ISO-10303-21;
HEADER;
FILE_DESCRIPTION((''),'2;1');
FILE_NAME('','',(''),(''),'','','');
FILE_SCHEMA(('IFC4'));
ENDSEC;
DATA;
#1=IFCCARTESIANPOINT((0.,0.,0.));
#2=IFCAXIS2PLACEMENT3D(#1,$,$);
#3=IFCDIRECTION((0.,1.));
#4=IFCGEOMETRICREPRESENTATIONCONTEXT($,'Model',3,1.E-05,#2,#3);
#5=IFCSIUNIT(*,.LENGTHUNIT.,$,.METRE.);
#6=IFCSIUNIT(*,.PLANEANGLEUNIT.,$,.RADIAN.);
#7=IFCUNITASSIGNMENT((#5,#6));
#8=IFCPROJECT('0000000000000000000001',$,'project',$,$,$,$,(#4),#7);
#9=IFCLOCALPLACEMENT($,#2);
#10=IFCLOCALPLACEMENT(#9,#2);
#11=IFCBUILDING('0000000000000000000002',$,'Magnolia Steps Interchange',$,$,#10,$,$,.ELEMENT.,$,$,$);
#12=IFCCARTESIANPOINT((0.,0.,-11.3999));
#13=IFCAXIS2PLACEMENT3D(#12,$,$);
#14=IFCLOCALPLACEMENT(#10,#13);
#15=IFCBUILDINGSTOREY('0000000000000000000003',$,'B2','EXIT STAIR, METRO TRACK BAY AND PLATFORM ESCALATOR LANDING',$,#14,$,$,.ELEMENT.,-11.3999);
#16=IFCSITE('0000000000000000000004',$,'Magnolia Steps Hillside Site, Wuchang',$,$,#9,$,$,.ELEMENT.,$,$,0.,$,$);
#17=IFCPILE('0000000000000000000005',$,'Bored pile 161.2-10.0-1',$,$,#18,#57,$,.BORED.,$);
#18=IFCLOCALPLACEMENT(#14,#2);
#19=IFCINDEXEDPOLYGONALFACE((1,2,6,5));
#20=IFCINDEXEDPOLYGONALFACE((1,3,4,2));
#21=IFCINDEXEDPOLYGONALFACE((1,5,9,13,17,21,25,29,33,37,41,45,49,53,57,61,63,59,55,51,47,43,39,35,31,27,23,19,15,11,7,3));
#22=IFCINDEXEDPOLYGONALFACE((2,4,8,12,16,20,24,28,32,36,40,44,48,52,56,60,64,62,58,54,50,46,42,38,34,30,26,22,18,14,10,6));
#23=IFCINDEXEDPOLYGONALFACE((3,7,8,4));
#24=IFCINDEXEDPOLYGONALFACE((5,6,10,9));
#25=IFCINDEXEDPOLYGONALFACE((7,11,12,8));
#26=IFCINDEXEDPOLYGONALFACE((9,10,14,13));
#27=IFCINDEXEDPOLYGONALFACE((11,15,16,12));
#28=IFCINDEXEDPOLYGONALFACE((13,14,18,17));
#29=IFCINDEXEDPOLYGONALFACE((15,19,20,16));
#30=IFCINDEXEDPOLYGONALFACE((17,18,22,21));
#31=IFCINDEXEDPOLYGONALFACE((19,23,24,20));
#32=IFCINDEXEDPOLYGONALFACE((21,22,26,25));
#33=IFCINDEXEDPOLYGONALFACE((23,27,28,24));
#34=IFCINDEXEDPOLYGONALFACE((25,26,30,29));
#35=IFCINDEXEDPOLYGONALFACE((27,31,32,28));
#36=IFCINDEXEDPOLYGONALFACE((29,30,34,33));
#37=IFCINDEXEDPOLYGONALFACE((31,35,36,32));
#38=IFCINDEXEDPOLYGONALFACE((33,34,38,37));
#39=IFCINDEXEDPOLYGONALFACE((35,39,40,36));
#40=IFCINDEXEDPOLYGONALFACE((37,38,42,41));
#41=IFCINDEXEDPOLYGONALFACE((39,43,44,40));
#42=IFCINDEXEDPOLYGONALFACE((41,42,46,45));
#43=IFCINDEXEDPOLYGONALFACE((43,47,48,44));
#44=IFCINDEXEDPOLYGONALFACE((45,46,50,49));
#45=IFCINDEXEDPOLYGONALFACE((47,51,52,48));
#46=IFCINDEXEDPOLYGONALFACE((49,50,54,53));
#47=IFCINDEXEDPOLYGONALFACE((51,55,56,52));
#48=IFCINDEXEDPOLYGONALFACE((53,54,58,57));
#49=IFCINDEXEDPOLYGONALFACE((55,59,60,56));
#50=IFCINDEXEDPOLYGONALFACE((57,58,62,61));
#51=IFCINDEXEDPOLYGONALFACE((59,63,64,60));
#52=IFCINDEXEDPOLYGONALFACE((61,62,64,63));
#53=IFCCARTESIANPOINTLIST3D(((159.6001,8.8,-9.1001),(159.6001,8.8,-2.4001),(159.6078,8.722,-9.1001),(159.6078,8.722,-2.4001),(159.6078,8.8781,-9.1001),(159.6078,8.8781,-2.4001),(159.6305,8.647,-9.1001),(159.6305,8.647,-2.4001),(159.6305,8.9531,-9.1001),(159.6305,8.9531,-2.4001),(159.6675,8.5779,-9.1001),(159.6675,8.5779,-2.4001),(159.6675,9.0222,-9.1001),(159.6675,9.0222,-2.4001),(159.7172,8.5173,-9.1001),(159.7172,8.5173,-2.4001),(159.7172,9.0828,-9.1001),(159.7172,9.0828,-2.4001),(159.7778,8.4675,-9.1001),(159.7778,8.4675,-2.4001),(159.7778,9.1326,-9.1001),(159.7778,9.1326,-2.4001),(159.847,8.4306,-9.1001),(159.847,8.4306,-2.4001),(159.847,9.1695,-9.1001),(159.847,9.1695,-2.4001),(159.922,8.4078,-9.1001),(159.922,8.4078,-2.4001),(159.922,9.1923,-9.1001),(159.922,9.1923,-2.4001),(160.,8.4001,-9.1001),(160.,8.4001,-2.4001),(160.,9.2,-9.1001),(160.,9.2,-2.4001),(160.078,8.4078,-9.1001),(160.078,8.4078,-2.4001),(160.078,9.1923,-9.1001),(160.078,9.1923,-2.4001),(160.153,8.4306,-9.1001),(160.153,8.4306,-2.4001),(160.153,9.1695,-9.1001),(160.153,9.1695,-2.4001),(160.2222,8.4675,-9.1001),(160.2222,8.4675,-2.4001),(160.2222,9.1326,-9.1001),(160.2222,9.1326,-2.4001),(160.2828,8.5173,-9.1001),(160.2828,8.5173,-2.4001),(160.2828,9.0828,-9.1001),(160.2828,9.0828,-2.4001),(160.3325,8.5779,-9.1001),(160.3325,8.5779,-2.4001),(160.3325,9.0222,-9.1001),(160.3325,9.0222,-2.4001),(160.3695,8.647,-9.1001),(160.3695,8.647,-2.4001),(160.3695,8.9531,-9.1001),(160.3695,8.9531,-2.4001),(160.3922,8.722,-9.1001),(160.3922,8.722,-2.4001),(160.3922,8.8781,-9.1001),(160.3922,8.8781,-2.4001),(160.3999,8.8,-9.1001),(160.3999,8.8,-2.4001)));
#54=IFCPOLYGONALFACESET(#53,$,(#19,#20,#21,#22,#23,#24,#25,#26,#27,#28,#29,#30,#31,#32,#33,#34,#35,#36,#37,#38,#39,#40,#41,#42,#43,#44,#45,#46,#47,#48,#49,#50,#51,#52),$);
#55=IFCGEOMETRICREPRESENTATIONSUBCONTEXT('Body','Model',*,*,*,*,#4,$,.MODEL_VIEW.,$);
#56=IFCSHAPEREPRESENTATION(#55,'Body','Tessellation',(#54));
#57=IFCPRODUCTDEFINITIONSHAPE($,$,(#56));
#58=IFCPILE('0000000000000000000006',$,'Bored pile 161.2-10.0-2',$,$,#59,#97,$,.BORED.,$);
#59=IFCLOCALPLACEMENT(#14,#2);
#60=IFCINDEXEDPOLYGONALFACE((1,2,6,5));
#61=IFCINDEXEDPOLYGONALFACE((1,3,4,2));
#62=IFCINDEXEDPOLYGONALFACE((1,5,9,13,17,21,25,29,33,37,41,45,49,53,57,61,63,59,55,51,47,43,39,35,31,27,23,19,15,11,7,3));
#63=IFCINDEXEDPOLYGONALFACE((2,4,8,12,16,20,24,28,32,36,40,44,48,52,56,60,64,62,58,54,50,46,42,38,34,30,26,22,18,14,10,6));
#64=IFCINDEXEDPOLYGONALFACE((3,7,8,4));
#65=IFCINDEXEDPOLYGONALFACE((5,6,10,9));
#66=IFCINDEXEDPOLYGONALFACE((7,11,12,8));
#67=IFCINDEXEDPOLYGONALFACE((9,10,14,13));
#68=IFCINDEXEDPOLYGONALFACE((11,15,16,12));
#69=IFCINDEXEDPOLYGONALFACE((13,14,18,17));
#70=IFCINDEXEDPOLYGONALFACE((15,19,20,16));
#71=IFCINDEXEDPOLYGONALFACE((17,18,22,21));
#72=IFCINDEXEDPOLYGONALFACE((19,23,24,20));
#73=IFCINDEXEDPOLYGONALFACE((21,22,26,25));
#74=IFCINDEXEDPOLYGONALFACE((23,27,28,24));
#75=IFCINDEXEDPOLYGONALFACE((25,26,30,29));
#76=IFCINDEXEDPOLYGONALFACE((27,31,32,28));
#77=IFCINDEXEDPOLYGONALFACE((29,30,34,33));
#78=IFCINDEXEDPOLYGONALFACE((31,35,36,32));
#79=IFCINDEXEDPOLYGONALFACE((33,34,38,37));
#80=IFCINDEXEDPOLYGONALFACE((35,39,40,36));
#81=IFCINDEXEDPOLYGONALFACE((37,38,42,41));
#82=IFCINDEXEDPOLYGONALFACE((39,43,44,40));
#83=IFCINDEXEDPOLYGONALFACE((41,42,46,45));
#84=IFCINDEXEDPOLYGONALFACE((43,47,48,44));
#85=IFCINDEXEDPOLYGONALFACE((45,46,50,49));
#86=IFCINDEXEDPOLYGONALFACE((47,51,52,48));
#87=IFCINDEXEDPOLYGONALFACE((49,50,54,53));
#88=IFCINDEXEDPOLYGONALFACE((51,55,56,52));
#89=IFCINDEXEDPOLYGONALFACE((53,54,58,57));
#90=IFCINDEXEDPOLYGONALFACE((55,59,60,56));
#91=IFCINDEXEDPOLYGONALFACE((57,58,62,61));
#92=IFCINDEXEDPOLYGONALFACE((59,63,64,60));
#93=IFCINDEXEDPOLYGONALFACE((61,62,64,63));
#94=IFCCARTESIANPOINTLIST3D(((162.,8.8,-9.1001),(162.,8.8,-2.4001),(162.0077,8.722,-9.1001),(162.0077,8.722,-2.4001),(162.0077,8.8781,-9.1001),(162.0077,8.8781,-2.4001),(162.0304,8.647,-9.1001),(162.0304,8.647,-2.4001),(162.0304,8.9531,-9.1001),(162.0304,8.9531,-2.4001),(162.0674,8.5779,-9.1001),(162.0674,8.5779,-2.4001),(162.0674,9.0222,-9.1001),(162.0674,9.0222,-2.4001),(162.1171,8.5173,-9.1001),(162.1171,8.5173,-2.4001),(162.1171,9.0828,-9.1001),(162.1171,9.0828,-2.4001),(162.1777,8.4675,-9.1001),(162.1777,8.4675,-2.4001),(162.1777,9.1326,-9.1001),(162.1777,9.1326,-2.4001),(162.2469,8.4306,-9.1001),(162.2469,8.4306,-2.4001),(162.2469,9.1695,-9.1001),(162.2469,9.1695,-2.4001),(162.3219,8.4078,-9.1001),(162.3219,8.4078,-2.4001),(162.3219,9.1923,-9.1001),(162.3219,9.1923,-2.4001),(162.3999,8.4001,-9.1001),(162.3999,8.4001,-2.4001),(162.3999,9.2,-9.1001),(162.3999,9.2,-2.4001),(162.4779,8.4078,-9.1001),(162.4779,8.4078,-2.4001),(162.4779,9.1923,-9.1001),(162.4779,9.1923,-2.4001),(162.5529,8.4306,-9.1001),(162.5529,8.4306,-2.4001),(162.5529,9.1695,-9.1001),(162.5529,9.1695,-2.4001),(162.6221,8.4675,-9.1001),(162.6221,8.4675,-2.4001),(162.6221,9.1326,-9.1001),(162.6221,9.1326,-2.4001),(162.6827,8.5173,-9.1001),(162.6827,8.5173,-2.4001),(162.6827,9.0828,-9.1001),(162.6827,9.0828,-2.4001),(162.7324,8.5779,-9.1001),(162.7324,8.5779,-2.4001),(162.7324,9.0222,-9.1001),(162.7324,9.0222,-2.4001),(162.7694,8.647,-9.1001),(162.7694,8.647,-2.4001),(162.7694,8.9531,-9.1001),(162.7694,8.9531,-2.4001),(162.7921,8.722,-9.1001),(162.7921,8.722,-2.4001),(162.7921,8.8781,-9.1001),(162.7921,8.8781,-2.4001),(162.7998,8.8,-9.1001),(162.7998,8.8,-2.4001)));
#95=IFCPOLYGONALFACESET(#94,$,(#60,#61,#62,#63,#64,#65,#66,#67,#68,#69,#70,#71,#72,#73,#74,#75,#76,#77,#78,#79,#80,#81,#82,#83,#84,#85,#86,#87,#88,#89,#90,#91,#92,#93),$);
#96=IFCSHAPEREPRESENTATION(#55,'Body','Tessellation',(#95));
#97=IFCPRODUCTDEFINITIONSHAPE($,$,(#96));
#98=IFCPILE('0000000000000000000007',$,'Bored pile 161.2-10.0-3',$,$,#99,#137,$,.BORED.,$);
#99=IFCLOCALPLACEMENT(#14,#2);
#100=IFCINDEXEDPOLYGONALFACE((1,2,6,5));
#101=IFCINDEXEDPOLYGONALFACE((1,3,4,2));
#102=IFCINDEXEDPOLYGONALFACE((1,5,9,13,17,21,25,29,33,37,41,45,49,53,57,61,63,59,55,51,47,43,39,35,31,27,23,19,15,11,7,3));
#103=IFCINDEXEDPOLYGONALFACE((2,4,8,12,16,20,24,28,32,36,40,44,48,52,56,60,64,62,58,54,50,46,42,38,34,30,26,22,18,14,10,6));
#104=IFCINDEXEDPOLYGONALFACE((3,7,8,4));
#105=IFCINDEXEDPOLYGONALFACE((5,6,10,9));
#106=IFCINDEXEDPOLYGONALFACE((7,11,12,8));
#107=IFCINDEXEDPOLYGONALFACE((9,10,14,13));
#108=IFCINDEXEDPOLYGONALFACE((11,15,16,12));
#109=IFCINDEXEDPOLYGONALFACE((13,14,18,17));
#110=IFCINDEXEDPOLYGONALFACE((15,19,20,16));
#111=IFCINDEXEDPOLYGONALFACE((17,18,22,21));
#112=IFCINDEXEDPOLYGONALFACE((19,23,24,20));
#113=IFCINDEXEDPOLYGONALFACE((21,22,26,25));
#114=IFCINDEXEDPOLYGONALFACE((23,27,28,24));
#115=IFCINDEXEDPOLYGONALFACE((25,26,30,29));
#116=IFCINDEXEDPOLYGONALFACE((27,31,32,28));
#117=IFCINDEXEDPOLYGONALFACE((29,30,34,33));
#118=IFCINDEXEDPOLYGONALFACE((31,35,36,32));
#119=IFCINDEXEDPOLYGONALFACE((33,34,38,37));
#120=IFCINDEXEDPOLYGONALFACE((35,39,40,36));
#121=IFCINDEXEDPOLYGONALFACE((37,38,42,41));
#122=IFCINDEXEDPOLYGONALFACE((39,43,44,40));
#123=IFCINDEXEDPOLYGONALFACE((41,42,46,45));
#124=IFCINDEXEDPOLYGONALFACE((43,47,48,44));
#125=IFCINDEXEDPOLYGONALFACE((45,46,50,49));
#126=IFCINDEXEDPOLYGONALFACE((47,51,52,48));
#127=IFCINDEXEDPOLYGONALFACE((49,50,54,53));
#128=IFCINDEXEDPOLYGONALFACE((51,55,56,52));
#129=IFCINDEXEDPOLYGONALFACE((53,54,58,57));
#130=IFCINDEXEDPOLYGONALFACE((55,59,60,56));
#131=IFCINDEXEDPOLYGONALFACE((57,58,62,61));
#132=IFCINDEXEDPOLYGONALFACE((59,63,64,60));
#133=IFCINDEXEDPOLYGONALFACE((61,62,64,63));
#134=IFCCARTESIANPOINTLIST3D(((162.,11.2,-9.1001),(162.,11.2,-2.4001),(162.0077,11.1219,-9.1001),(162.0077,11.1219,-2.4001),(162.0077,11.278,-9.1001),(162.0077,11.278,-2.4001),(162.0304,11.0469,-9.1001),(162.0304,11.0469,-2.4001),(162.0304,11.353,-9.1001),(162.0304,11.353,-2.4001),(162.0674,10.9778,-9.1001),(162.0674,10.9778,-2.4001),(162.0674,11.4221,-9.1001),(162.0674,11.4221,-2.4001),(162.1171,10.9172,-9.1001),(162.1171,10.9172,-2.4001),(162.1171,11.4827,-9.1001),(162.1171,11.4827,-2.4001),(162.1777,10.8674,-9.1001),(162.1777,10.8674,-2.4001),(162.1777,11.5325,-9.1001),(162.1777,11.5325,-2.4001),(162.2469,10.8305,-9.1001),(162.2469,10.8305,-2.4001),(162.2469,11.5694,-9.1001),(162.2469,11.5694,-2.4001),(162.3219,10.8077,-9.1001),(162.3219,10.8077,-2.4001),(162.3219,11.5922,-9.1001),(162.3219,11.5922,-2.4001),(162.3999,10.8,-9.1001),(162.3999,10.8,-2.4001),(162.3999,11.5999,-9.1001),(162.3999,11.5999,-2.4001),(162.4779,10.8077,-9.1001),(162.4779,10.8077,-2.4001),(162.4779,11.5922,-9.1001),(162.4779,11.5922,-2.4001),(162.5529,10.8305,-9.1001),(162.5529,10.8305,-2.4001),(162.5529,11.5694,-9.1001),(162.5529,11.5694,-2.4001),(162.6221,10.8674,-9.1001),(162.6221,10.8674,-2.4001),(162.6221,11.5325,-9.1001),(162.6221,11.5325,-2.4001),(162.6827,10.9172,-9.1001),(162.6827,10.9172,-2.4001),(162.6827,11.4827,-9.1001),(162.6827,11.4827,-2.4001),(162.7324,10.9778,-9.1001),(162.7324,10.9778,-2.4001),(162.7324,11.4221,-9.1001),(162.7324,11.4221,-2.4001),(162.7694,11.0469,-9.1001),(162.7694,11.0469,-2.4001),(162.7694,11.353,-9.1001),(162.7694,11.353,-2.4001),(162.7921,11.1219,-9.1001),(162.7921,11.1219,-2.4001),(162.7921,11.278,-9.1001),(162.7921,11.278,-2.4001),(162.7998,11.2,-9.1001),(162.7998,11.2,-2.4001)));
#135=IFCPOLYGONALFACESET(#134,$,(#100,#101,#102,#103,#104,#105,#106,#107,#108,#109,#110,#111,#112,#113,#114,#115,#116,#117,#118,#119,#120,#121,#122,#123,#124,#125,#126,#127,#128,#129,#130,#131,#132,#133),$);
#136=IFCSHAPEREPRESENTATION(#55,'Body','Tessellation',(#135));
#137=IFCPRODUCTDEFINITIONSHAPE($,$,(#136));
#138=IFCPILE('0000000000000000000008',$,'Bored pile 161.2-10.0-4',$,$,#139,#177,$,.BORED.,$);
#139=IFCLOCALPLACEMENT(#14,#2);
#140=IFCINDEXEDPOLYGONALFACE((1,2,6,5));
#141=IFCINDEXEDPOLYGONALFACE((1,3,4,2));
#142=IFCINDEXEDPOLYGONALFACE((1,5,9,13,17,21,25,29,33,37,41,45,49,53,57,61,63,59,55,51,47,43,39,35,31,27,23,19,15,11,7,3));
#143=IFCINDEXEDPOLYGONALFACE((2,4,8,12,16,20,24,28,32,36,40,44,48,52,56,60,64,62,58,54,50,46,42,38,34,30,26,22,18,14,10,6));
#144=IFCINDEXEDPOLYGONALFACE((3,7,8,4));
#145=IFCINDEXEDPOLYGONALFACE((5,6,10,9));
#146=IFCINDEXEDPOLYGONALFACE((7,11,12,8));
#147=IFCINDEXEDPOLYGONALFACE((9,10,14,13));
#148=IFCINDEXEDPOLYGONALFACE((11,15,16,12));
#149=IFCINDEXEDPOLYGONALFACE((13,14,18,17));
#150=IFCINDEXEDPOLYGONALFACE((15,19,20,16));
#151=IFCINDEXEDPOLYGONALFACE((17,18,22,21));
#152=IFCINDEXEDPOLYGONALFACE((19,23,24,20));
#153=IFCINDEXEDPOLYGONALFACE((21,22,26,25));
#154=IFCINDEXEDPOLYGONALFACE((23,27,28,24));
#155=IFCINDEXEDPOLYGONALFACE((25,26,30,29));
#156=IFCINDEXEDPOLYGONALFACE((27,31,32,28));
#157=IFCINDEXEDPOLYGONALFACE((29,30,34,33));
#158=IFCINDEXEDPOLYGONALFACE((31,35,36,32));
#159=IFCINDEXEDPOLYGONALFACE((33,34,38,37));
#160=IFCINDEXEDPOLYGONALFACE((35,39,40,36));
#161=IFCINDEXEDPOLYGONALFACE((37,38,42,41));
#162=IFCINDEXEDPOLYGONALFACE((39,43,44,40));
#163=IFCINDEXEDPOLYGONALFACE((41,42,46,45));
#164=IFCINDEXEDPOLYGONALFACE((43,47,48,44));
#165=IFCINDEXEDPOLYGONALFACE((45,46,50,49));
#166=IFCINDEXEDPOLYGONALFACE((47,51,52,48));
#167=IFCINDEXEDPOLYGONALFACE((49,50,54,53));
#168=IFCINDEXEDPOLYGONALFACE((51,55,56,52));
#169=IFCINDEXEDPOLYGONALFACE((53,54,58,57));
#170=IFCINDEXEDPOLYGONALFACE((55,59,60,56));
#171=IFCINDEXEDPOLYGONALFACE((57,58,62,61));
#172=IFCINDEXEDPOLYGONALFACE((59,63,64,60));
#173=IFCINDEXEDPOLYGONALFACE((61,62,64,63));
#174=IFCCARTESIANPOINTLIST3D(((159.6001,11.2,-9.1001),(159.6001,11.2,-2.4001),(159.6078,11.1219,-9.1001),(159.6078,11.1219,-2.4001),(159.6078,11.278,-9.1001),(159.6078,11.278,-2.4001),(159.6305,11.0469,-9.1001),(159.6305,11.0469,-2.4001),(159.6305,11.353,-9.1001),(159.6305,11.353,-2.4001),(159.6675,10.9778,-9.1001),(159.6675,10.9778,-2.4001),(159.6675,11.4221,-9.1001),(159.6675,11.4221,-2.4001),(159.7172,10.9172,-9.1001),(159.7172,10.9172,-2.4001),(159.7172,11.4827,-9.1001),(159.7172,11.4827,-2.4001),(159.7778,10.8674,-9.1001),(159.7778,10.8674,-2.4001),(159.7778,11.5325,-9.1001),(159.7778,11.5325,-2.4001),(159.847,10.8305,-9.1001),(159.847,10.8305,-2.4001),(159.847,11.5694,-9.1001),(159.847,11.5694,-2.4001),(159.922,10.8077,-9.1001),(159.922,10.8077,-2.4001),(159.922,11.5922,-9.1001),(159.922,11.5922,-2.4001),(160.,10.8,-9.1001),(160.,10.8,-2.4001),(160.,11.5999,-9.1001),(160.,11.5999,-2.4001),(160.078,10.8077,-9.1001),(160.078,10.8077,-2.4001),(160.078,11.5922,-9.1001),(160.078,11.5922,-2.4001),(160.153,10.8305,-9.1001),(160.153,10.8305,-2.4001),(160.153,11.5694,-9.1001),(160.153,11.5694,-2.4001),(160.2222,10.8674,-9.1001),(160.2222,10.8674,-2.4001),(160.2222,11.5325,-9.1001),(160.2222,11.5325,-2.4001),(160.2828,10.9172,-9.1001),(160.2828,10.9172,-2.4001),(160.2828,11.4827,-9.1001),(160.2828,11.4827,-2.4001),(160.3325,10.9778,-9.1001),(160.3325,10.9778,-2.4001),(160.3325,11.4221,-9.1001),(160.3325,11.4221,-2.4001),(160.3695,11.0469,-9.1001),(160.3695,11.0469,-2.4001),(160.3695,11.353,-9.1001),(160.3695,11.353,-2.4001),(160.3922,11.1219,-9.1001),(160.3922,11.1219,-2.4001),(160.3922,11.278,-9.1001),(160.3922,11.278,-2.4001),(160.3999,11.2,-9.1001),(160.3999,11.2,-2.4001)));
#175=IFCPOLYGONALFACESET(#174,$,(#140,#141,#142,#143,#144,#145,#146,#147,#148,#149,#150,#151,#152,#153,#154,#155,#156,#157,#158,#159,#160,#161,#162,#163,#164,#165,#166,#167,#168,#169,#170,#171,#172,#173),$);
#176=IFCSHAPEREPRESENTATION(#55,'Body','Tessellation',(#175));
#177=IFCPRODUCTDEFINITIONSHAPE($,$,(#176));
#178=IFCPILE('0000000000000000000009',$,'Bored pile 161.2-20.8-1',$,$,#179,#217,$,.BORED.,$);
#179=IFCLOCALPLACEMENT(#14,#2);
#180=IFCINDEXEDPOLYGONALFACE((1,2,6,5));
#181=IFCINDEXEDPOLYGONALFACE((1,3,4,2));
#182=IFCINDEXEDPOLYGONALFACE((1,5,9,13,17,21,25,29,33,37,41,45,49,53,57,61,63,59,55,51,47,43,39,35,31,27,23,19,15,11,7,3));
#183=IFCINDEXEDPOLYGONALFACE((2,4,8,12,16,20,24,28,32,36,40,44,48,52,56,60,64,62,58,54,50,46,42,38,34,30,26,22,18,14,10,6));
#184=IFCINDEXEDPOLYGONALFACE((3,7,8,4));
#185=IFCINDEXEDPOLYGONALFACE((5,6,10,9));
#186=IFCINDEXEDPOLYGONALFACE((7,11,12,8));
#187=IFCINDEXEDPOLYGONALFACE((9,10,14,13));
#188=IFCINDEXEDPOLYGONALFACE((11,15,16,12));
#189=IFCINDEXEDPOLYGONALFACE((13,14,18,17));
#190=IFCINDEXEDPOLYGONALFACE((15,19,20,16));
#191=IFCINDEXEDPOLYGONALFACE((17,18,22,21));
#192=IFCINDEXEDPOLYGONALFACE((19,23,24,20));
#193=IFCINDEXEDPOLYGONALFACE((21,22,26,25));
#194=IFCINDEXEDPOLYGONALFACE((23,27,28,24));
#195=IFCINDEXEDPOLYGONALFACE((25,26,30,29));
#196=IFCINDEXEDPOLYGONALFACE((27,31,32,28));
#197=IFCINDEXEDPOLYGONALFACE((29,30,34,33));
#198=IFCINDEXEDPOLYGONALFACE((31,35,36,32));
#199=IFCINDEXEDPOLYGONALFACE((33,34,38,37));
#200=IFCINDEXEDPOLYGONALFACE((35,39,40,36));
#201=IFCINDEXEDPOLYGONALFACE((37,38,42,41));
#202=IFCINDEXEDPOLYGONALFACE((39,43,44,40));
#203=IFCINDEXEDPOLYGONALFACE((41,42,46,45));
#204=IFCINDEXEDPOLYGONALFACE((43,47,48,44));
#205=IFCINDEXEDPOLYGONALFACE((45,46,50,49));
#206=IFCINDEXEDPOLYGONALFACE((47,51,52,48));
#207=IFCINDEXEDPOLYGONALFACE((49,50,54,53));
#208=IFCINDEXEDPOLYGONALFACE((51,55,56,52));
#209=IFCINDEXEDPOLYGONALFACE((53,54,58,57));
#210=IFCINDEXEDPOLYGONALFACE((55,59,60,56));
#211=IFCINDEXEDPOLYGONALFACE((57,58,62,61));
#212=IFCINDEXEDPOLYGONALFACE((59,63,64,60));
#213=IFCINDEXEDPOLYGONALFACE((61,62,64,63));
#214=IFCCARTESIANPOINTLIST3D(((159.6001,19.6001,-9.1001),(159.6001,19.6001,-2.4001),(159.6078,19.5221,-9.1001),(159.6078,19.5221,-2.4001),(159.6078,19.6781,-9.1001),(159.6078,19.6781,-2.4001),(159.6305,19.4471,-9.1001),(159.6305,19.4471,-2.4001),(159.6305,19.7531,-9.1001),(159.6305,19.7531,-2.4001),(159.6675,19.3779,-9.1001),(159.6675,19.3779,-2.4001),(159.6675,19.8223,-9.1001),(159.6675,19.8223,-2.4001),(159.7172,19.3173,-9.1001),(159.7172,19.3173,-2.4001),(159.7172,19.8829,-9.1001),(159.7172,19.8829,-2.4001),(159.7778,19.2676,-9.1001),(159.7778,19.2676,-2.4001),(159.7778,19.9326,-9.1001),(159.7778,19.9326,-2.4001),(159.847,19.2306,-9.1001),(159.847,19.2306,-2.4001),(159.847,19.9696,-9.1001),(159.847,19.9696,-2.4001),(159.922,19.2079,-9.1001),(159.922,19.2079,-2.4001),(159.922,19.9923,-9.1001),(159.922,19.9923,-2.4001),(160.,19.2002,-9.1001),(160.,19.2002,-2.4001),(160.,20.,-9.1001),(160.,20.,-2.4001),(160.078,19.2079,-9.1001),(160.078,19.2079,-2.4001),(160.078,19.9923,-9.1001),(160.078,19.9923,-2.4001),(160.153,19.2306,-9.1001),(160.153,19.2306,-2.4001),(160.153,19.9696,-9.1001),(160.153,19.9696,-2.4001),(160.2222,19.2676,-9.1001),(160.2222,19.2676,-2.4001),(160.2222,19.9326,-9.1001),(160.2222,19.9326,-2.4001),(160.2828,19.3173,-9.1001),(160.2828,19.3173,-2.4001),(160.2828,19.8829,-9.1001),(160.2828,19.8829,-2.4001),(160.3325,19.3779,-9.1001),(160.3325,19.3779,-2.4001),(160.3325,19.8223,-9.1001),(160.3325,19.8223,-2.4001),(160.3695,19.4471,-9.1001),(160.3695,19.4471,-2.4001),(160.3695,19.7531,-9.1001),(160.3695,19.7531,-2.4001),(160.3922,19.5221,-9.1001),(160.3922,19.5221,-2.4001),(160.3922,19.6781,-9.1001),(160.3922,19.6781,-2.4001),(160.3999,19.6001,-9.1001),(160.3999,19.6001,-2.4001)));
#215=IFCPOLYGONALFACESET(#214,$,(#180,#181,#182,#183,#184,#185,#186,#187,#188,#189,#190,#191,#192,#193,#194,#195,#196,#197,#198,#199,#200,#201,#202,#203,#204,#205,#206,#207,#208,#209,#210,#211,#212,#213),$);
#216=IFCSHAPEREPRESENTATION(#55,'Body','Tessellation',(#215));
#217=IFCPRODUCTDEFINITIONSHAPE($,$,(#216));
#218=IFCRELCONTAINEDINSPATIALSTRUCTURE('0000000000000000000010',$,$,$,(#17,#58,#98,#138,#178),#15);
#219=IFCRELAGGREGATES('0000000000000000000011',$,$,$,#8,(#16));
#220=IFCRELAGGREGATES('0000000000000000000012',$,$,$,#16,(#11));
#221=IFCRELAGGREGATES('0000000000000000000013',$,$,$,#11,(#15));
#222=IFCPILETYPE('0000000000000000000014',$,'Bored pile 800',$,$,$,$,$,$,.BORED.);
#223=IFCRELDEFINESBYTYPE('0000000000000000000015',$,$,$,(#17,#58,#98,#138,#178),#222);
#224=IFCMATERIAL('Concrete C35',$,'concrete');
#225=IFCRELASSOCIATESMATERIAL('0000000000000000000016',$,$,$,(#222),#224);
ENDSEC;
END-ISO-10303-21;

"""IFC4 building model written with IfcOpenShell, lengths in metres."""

from ifc_helpers import new_model, si_unit, direction, frame, origin, origin_2d, place, context, subcontext, project, spatial, circle, extrude, material, material_profile, profile_set, type_object, element, save


model = new_model("IFC4")

# Units and contexts
model_context = context("Model", 3, precision=1e-05, world=origin(), true_north=direction((0.0, 1.0)))
body_context = subcontext(model_context, "Body", "Model", "MODEL_VIEW")
ifc_project = project(units=[si_unit("LENGTHUNIT", "METRE"), si_unit("PLANEANGLEUNIT", "RADIAN")], contexts=[model_context])

# Site, building, storey
site_placement = place(None, origin())
site = spatial("IfcSite", under=ifc_project, at=site_placement, Name="Magnolia Steps Hillside Site, Wuchang", CompositionType="ELEMENT", RefElevation=0.0)
building_placement = place(site_placement, origin())
building = spatial("IfcBuilding", under=site, at=building_placement, Name="Magnolia Steps Interchange", CompositionType="ELEMENT")
storey_placement = place(building_placement, frame((0.0, 0.0, -11.3999)))
storey = spatial("IfcBuildingStorey", under=building, at=storey_placement, Name="B2", Description="EXIT STAIR, METRO TRACK BAY AND PLATFORM ESCALATOR LANDING", CompositionType="ELEMENT", Elevation=-11.3999)

# Piles
ifc_material_1 = material(Name="Concrete C35", Category="concrete")
ifc_material_profile_1 = material_profile(ifc_material_1, circle(Radius=0.3999, at=origin_2d()), Name="Bored pile 800")
ifc_profile_set_1 = profile_set([ifc_material_profile_1], Name="Concrete C35")
pile_type = type_object("IfcPileType", Name="Bored pile 800", PredefinedType="BORED", material=ifc_profile_set_1)
for number, where, z_axis, x_axis, name in (
    (1, (160.0, 8.8, -2.4001), (0.0, 0.0, -1.0), (1.0, 0.0, 0.0), "Bored pile 161.2-10.0-1"),
    (2, (162.3999, 8.8, -2.4001), (0.0, 0.0, -1.0), (1.0, 0.0, 0.0), "Bored pile 161.2-10.0-2"),
    (3, (162.3999, 11.2, -2.4001), (0.0, 0.0, -1.0), (1.0, 0.0, 0.0), "Bored pile 161.2-10.0-3"),
    (4, (160.0, 11.2, -2.4001), (0.0, 0.0, -1.0), (1.0, 0.0, 0.0), "Bored pile 161.2-10.0-4"),
    (5, (160.0, 19.6001, -2.4001), (0.0, 0.0, -1.0), (1.0, 0.0, 0.0), "Bored pile 161.2-20.8-1"),
):
    element("IfcPile", number, at=place(storey_placement, frame(where, z_axis=z_axis, x_axis=x_axis)), inside=storey, type_object=pile_type, Name=name, PredefinedType="BORED", context=body_context, shape_type="SweptSolid", body=[
        extrude(circle(Radius=0.3999, at=origin_2d()), origin(), (0.0, 0.0, 1.0), 6.7),
    ])

save(model, "model.ifc")
